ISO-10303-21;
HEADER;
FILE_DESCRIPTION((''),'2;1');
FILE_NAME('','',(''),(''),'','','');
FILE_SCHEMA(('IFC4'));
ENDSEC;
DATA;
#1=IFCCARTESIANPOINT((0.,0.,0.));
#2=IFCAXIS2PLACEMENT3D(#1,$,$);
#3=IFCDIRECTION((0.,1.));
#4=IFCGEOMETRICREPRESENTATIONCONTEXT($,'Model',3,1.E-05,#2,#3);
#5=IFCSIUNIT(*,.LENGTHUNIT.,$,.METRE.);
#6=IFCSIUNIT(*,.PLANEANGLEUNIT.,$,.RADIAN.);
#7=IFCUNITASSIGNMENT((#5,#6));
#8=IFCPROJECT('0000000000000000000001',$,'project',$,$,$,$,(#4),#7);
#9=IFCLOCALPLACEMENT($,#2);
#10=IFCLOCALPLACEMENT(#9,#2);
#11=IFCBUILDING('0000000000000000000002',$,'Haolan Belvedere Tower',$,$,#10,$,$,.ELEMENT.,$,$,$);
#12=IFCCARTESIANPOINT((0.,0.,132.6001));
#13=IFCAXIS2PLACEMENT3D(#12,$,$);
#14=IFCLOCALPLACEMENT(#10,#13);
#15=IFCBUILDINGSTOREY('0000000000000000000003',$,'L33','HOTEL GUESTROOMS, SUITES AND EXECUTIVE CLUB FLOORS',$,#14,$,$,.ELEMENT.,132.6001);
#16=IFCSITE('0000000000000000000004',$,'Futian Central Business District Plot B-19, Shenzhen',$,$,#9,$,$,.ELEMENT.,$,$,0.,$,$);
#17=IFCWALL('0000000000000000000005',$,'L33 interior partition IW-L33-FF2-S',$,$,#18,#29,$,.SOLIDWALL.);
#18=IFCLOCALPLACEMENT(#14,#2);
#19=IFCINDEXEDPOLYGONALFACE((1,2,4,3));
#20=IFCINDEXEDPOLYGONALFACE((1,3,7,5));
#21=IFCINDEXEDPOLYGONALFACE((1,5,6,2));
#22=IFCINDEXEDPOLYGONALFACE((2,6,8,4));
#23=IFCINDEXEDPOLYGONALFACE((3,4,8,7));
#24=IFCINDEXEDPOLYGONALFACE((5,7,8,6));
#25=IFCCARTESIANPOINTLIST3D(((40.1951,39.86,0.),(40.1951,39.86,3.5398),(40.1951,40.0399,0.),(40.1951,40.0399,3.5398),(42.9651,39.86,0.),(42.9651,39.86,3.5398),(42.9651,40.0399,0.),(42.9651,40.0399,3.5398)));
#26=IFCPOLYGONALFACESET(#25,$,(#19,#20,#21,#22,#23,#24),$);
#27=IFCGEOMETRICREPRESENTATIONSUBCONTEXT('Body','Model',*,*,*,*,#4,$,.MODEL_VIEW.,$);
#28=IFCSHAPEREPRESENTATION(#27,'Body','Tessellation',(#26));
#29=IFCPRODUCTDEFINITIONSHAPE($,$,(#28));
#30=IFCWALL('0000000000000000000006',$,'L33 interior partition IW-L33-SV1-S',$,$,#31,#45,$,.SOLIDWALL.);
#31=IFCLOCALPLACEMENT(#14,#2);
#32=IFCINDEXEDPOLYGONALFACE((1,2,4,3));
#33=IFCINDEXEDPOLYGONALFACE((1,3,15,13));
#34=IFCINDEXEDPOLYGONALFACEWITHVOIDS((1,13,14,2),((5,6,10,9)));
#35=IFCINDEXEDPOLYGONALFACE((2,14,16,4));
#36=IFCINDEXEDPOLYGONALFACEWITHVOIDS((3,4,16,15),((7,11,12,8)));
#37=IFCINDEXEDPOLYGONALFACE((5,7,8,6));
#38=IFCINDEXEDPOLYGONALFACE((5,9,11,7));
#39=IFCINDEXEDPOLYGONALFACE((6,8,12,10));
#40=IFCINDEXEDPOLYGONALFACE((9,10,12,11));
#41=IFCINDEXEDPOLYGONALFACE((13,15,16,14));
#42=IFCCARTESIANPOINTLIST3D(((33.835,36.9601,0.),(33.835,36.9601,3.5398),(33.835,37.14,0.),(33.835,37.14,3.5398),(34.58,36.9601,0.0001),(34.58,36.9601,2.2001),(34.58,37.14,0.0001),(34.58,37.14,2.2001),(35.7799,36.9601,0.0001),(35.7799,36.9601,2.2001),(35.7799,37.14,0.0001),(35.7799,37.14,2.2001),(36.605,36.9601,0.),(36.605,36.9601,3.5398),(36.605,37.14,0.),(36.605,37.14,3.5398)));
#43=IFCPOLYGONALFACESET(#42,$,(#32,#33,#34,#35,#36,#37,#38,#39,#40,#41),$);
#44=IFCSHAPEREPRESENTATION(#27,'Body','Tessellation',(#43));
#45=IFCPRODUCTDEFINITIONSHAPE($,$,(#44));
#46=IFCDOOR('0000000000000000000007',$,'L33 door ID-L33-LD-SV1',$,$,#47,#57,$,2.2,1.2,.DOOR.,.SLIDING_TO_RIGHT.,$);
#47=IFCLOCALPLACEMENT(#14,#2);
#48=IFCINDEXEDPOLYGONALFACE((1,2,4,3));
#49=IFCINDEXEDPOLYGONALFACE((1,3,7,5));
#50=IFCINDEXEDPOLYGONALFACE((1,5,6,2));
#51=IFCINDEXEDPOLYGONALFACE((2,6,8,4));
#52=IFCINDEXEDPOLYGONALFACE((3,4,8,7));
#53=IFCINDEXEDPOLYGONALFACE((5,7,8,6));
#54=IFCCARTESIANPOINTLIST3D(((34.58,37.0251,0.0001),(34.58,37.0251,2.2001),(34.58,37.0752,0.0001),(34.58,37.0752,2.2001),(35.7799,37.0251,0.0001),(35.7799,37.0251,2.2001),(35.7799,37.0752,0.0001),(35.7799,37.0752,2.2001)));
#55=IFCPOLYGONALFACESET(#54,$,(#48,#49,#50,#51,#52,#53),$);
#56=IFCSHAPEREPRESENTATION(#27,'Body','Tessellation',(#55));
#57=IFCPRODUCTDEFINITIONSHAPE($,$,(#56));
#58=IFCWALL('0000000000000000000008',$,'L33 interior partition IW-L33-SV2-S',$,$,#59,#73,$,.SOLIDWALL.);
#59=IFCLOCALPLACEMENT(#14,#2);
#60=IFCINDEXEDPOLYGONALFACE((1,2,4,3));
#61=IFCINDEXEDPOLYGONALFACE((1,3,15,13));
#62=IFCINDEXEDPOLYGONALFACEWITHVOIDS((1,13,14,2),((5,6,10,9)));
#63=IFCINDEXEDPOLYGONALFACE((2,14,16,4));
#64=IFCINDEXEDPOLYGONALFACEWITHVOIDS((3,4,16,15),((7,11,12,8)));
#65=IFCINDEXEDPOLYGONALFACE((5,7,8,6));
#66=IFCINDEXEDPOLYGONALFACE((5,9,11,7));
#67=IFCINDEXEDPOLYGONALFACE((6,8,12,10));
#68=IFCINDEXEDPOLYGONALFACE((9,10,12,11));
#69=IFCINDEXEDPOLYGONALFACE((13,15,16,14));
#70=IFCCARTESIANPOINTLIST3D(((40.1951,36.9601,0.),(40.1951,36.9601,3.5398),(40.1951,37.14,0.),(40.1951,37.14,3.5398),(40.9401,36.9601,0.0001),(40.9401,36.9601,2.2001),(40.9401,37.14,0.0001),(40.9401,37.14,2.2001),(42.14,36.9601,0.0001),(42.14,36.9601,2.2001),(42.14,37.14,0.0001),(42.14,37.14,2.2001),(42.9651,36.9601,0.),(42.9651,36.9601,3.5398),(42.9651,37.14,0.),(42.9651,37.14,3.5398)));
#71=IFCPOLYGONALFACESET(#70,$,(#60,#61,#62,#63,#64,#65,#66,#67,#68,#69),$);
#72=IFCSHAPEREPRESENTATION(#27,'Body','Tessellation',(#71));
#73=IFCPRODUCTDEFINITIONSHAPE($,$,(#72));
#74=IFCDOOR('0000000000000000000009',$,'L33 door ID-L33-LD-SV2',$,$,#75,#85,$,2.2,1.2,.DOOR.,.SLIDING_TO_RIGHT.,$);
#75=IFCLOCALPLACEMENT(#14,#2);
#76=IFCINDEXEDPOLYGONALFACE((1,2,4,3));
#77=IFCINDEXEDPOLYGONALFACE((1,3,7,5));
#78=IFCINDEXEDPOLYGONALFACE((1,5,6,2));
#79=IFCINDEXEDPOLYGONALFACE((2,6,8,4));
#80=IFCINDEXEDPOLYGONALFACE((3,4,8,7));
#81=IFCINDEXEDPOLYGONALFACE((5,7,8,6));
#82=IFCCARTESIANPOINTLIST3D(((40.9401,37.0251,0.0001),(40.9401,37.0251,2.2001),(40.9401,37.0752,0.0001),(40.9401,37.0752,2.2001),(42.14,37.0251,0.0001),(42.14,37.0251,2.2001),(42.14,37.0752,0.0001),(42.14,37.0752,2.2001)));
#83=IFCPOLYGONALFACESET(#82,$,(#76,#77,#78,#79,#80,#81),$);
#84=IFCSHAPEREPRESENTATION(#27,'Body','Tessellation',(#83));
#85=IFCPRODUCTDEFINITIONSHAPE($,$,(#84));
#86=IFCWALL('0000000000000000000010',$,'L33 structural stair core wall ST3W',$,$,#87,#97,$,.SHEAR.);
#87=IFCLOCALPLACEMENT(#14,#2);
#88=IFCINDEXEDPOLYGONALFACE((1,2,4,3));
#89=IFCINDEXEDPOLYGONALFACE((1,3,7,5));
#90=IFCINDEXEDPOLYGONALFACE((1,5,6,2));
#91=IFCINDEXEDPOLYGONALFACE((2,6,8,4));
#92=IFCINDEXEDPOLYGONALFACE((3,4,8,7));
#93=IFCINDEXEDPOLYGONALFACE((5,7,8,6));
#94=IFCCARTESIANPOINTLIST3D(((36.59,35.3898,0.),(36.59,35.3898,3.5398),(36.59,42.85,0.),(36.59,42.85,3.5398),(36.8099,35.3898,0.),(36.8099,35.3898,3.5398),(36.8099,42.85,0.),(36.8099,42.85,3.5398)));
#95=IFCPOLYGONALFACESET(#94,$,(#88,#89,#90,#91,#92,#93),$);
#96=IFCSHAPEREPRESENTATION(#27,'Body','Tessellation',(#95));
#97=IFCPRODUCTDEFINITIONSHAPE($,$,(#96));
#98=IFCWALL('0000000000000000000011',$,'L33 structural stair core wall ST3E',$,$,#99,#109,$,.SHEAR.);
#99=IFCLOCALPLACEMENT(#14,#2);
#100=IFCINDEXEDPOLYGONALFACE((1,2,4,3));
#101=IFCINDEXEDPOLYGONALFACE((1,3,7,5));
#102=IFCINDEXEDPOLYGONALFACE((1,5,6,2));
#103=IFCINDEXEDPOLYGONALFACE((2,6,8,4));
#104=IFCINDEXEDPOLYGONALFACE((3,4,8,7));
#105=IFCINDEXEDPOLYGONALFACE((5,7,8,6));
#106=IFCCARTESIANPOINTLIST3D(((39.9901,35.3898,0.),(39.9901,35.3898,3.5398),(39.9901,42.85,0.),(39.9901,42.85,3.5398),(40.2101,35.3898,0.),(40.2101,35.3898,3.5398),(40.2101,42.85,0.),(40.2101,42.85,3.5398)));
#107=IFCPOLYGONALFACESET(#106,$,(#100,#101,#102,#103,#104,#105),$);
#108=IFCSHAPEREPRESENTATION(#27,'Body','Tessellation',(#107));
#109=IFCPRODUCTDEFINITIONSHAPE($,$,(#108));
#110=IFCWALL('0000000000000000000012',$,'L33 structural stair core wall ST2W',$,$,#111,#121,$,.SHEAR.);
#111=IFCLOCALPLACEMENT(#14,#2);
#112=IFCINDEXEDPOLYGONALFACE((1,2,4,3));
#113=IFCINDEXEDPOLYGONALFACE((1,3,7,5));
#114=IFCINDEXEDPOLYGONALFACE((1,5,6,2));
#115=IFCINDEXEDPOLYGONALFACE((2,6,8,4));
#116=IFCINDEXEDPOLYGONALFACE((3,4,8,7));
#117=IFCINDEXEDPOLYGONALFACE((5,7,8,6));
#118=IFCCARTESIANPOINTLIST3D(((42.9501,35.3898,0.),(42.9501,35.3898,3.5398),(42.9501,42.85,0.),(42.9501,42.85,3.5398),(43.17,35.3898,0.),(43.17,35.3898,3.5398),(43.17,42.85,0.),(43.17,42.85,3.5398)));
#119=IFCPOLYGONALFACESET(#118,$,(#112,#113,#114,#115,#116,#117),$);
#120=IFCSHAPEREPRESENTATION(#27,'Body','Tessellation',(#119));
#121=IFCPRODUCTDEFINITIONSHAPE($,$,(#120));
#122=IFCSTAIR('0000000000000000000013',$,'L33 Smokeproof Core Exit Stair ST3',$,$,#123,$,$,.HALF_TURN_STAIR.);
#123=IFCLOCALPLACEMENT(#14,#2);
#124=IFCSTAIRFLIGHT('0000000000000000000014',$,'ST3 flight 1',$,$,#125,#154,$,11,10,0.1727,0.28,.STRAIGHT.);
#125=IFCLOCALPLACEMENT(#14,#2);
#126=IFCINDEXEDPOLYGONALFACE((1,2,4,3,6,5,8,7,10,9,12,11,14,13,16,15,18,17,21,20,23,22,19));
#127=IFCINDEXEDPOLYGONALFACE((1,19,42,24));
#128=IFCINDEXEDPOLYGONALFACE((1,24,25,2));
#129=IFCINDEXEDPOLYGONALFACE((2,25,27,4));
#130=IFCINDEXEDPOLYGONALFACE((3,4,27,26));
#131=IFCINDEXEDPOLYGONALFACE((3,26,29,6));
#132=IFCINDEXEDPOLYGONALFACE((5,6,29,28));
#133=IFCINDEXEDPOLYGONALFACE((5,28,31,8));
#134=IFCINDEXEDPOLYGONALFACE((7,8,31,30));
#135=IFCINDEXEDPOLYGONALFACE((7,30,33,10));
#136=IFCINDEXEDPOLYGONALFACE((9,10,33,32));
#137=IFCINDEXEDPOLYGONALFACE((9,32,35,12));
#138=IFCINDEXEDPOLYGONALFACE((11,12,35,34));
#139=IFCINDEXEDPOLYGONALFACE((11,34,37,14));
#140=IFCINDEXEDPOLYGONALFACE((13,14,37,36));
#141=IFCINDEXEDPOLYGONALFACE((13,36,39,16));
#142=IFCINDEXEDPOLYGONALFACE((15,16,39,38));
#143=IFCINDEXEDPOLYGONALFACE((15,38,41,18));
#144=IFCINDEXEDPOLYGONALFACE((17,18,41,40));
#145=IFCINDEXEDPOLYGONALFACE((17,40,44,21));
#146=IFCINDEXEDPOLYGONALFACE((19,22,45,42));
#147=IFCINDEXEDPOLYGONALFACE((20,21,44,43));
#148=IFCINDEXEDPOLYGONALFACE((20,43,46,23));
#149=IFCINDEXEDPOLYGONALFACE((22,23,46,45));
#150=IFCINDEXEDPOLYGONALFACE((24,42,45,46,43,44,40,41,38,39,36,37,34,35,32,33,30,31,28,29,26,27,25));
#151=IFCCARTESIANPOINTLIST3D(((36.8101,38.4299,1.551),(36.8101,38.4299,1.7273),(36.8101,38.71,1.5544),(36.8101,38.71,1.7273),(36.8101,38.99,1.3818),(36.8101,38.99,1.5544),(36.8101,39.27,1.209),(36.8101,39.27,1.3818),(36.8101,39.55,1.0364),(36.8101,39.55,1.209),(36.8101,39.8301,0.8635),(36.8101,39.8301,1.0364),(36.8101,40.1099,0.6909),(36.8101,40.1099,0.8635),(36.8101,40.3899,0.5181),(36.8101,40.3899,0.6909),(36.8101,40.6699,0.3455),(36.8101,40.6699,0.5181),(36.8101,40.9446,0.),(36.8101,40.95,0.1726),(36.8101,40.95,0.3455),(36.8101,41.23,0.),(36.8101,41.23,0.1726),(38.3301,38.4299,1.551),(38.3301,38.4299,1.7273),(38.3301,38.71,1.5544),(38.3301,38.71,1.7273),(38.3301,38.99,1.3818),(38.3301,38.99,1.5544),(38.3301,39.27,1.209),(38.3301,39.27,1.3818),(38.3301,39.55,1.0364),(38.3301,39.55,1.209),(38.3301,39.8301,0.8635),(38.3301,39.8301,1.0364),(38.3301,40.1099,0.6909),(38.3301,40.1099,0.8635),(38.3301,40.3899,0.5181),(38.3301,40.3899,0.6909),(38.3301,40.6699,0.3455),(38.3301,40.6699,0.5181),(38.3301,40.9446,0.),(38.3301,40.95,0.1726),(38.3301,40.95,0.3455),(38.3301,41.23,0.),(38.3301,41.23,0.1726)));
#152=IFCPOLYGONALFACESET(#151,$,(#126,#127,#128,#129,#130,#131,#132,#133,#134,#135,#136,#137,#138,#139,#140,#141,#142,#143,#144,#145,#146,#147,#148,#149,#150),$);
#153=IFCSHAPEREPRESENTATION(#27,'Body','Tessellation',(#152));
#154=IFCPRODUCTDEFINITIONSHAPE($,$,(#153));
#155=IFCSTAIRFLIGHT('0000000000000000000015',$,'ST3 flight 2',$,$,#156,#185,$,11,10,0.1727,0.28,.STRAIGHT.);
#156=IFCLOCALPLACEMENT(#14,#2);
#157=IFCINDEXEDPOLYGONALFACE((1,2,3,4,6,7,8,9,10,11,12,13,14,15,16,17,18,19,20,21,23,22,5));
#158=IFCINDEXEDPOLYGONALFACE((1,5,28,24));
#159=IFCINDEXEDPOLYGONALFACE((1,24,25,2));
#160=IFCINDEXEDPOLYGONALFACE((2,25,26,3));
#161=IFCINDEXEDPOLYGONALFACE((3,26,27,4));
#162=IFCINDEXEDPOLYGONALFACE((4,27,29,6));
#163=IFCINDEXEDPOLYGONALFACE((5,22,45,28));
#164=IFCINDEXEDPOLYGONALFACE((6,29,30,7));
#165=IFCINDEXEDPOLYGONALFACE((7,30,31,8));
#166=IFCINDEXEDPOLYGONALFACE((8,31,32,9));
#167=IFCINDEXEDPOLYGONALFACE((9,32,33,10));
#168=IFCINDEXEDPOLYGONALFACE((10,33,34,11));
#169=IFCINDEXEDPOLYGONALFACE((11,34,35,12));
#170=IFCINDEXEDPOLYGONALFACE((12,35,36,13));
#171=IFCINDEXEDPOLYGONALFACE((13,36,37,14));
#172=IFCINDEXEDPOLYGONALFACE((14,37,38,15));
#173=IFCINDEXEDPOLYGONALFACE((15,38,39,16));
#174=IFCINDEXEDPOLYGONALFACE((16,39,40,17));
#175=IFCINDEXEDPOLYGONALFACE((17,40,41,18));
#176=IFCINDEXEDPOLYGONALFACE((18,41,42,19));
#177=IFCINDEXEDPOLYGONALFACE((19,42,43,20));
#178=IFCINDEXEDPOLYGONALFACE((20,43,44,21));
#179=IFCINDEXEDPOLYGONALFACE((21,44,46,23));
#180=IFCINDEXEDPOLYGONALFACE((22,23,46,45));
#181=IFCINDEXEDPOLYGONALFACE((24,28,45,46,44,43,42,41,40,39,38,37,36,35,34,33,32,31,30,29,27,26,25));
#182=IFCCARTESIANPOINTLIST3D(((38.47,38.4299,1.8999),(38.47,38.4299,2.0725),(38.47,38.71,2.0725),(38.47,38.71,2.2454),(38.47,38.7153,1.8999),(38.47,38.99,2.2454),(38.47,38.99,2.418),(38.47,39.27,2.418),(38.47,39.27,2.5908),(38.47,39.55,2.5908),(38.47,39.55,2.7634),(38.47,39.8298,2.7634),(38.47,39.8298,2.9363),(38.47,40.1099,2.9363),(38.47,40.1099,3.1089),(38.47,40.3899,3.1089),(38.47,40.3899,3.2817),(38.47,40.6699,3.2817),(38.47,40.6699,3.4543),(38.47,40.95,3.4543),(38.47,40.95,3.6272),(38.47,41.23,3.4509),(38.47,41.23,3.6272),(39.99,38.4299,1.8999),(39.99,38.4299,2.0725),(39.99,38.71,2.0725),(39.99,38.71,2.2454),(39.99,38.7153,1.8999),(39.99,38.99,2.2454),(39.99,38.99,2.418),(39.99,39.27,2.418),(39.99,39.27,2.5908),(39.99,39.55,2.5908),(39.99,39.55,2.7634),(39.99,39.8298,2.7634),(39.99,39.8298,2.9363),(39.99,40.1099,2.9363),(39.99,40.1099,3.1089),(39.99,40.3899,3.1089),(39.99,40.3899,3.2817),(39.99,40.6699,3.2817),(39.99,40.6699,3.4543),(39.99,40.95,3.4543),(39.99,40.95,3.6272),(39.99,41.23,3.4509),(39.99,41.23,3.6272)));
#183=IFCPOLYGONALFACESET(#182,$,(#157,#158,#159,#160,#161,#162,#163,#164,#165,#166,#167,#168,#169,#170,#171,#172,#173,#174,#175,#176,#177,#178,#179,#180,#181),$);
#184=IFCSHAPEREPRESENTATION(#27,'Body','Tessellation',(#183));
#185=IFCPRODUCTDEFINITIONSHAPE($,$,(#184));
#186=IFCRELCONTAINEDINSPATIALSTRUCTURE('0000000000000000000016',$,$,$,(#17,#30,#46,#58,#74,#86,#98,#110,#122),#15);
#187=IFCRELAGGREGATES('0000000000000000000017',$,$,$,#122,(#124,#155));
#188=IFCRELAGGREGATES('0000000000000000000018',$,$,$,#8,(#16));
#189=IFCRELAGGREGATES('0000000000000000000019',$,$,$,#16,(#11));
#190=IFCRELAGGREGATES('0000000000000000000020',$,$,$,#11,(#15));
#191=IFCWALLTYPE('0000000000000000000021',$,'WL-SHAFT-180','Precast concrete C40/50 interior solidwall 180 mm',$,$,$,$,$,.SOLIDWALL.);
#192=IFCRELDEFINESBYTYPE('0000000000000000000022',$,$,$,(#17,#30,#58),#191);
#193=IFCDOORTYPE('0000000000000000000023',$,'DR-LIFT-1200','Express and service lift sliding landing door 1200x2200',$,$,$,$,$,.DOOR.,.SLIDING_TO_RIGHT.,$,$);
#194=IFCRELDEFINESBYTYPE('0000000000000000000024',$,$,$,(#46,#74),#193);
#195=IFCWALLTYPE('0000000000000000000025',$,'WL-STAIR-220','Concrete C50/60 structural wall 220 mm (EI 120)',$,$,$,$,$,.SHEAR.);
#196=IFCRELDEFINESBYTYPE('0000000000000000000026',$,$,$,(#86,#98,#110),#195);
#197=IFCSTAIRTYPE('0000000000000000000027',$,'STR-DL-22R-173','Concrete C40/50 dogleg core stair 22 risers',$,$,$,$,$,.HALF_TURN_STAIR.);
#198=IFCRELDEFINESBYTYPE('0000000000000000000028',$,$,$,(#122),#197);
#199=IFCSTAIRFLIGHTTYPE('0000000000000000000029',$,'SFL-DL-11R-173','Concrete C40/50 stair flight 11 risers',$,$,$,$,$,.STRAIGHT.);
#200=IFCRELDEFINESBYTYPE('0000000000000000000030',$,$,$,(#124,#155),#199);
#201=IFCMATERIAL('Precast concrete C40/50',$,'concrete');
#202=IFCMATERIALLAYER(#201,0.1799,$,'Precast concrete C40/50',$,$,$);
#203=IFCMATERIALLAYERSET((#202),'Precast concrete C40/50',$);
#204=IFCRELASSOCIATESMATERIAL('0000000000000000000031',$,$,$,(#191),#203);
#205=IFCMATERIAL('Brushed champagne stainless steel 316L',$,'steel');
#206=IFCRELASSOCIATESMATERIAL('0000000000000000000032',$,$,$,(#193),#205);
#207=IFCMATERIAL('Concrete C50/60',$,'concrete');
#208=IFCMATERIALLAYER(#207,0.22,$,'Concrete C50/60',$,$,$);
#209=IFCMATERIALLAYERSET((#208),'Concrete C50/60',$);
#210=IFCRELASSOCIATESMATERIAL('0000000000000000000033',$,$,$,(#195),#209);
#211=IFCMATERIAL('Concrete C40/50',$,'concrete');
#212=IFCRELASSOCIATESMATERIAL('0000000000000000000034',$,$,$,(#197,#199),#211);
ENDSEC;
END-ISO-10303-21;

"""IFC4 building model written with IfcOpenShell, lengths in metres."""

from ifc_helpers import new_model, si_unit, direction, frame, frame_2d, origin, place, context, subcontext, project, spatial, polyline, rectangle, outline, extrude, material, layer, layer_set, type_object, element, fill, aggregate, save


model = new_model("IFC4")

# Units and contexts
model_context = context("Model", 3, precision=1e-05, world=origin(), true_north=direction((0.0, 1.0)))
body_context = subcontext(model_context, "Body", "Model", "MODEL_VIEW")
ifc_project = project(units=[si_unit("LENGTHUNIT", "METRE"), si_unit("PLANEANGLEUNIT", "RADIAN")], contexts=[model_context])

# Site, building, storey
site_placement = place(None, origin())
site = spatial("IfcSite", under=ifc_project, at=site_placement, Name="Futian Central Business District Plot B-19, Shenzhen", CompositionType="ELEMENT", RefElevation=0.0)
building_placement = place(site_placement, origin())
building = spatial("IfcBuilding", under=site, at=building_placement, Name="Haolan Belvedere Tower", CompositionType="ELEMENT")
storey_placement = place(building_placement, frame((0.0, 0.0, 132.6001)))
storey = spatial("IfcBuildingStorey", under=building, at=storey_placement, Name="L33", Description="HOTEL GUESTROOMS, SUITES AND EXECUTIVE CLUB FLOORS", CompositionType="ELEMENT", Elevation=132.6001)

# Wall
ifc_material_1 = material(Name="Precast concrete C40/50", Category="concrete")
ifc_layer_1 = layer(ifc_material_1, 0.1799, Name="Precast concrete C40/50")
ifc_layer_set_1 = layer_set([ifc_layer_1], Name="Precast concrete C40/50")
wall_type_1 = type_object("IfcWallType", Name="WL-SHAFT-180", Description="Precast concrete C40/50 interior solidwall 180 mm", PredefinedType="SOLIDWALL", material=ifc_layer_set_1)
wall_1_placement = place(storey_placement, frame((40.1951, 39.95, 0.0), z_axis=(0.0, 0.0, 1.0), x_axis=(1.0, 0.0, 0.0)))
element("IfcWall", 1, at=wall_1_placement, inside=storey, type_object=wall_type_1, Name="L33 interior partition IW-L33-FF2-S", PredefinedType="SOLIDWALL", context=body_context, shape_type="SweptSolid", body=[
    extrude(rectangle(XDim=2.77, YDim=0.1799, at=frame_2d((1.385, 0.0))), origin(), (0.0, 0.0, 1.0), 3.5398),
])

# Walls, openings, doors
wall_2_placement = place(storey_placement, frame((33.835, 37.05, 0.0), z_axis=(0.0, 0.0, 1.0), x_axis=(1.0, 0.0, 0.0)))
wall_2 = element("IfcWall", 2, at=wall_2_placement, inside=storey, type_object=wall_type_1, Name="L33 interior partition IW-L33-SV1-S", PredefinedType="SOLIDWALL", context=body_context, shape_type="SweptSolid", body=[
    extrude(rectangle(XDim=2.77, YDim=0.1799, at=frame_2d((1.385, 0.0))), origin(), (0.0, 0.0, 1.0), 3.5398),
])
opening_1_placement = place(wall_2_placement, frame((1.9451, 0.0, 0.0), z_axis=(0.0, 0.0, 1.0), x_axis=(-1.0, 0.0, 0.0)))
opening_1 = element("IfcOpeningElement", 3, at=opening_1_placement, cuts=wall_2, PredefinedType="OPENING", context=body_context, shape_type="SweptSolid", body=[
    extrude(rectangle(XDim=1.2, YDim=2.2, at=frame_2d((0.6001, 1.1001))), frame((0.0, 0.0999, 0.0), z_axis=(0.0, -1.0, 0.0), x_axis=(1.0, 0.0, 0.0)), (0.0, 0.0, 1.0), 0.2),
])
ifc_material_2 = material(Name="Brushed champagne stainless steel 316L", Category="steel")
door_type = type_object("IfcDoorType", Name="DR-LIFT-1200", Description="Express and service lift sliding landing door 1200x2200", OperationType="SLIDING_TO_RIGHT", PredefinedType="DOOR", material=ifc_material_2)
door_1_placement = place(opening_1_placement, origin())
door_1 = element("IfcDoor", 4, at=door_1_placement, inside=storey, type_object=door_type, Name="L33 door ID-L33-LD-SV1", OperationType="SLIDING_TO_RIGHT", OverallHeight=2.2, OverallWidth=1.2, PredefinedType="DOOR", context=body_context, shape_type="SweptSolid", body=[
    extrude(rectangle(XDim=1.2, YDim=2.2, at=frame_2d((0.6001, 1.1001))), frame((0.0, 0.0249, 0.0), z_axis=(0.0, -1.0, 0.0), x_axis=(1.0, 0.0, 0.0)), (0.0, 0.0, 1.0), 0.05),
])
fill(opening_1, door_1)
wall_3_placement = place(storey_placement, frame((40.1951, 37.05, 0.0), z_axis=(0.0, 0.0, 1.0), x_axis=(1.0, 0.0, 0.0)))
wall_3 = element("IfcWall", 5, at=wall_3_placement, inside=storey, type_object=wall_type_1, Name="L33 interior partition IW-L33-SV2-S", PredefinedType="SOLIDWALL", context=body_context, shape_type="SweptSolid", body=[
    extrude(rectangle(XDim=2.77, YDim=0.1799, at=frame_2d((1.385, 0.0))), origin(), (0.0, 0.0, 1.0), 3.5398),
])
opening_2_placement = place(wall_3_placement, frame((1.9451, 0.0, 0.0), z_axis=(0.0, 0.0, 1.0), x_axis=(-1.0, 0.0, 0.0)))
opening_2 = element("IfcOpeningElement", 6, at=opening_2_placement, cuts=wall_3, PredefinedType="OPENING", context=body_context, shape_type="SweptSolid", body=[
    extrude(rectangle(XDim=1.2, YDim=2.2, at=frame_2d((0.6001, 1.1001))), frame((0.0, 0.0999, 0.0), z_axis=(0.0, -1.0, 0.0), x_axis=(1.0, 0.0, 0.0)), (0.0, 0.0, 1.0), 0.2),
])
door_2_placement = place(opening_2_placement, origin())
door_2 = element("IfcDoor", 7, at=door_2_placement, inside=storey, type_object=door_type, Name="L33 door ID-L33-LD-SV2", OperationType="SLIDING_TO_RIGHT", OverallHeight=2.2, OverallWidth=1.2, PredefinedType="DOOR", context=body_context, shape_type="SweptSolid", body=[
    extrude(rectangle(XDim=1.2, YDim=2.2, at=frame_2d((0.6001, 1.1001))), frame((0.0, 0.0249, 0.0), z_axis=(0.0, -1.0, 0.0), x_axis=(1.0, 0.0, 0.0)), (0.0, 0.0, 1.0), 0.05),
])
fill(opening_2, door_2)

# Walls
ifc_material_3 = material(Name="Concrete C50/60", Category="concrete")
ifc_layer_2 = layer(ifc_material_3, 0.22, Name="Concrete C50/60")
ifc_layer_set_2 = layer_set([ifc_layer_2], Name="Concrete C50/60")
wall_type_2 = type_object("IfcWallType", Name="WL-STAIR-220", Description="Concrete C50/60 structural wall 220 mm (EI 120)", PredefinedType="SHEAR", material=ifc_layer_set_2)
for number, where, z_axis, x_axis, name in (
    (8, (36.7, 35.3899, 0.0), (0.0, 0.0, 1.0), (0.0, 1.0, 0.0), "L33 structural stair core wall ST3W"),
    (9, (40.1001, 35.3899, 0.0), (0.0, 0.0, 1.0), (0.0, 1.0, 0.0), "L33 structural stair core wall ST3E"),
    (10, (43.0601, 35.3899, 0.0), (0.0, 0.0, 1.0), (0.0, 1.0, 0.0), "L33 structural stair core wall ST2W"),
):
    element("IfcWall", number, at=place(storey_placement, frame(where, z_axis=z_axis, x_axis=x_axis)), inside=storey, type_object=wall_type_2, Name=name, PredefinedType="SHEAR", context=body_context, shape_type="SweptSolid", body=[
        extrude(rectangle(XDim=7.4602, YDim=0.22, at=frame_2d((3.73, 0.0))), origin(), (0.0, 0.0, 1.0), 3.5398),
    ])

# Stair, stair flights
ifc_material_4 = material(Name="Concrete C40/50", Category="concrete")
stair_type = type_object("IfcStairType", Name="STR-DL-22R-173", Description="Concrete C40/50 dogleg core stair 22 risers", PredefinedType="HALF_TURN_STAIR", material=ifc_material_4)
stair_1_placement = place(storey_placement, origin())
stair_1 = element("IfcStair", 11, at=stair_1_placement, inside=storey, type_object=stair_type, Name="L33 Smokeproof Core Exit Stair ST3", PredefinedType="HALF_TURN_STAIR")
stair_flight_type = type_object("IfcStairFlightType", Name="SFL-DL-11R-173", Description="Concrete C40/50 stair flight 11 risers", PredefinedType="STRAIGHT", material=ifc_material_4)
stair_flight_1_placement = place(storey_placement, frame((37.5701, 41.23, 0.0), z_axis=(0.0, 0.0, 1.0), x_axis=(0.0, -1.0, 0.0)))
stair_flight_1 = element("IfcStairFlight", 12, at=stair_flight_1_placement, type_object=stair_flight_type, Name="ST3 flight 1", NumberOfRisers=11, NumberOfTreads=10, PredefinedType="STRAIGHT", RiserHeight=0.1727, TreadLength=0.28, context=body_context, shape_type="SweptSolid", body=[
    extrude(outline(polyline([(0.0, 0.0), (0.0, 0.1726), (0.28, 0.1726), (0.28, 0.3455), (0.5601, 0.3455), (0.5601, 0.5181), (0.8401, 0.5181), (0.8401, 0.6909), (1.1201, 0.6909), (1.1201, 0.8635), (1.3999, 0.8635), (1.3999, 1.0364), (1.6799, 1.0364), (1.6799, 1.209), (1.96, 1.209), (1.96, 1.3818), (2.24, 1.3818), (2.24, 1.5544), (2.52, 1.5544), (2.52, 1.7273), (2.8, 1.7273), (2.8, 1.8999), (2.8, 1.551), (0.2854, 0.0), (0.0, 0.0)])), frame((0.0, 0.76, 0.0), z_axis=(0.0, -1.0, 0.0), x_axis=(1.0, 0.0, 0.0)), (0.0, 0.0, 1.0), 1.52),
])
stair_flight_2_placement = place(storey_placement, frame((39.23, 38.4299, 1.8999), z_axis=(0.0, 0.0, 1.0), x_axis=(0.0, 1.0, 0.0)))
stair_flight_2 = element("IfcStairFlight", 13, at=stair_flight_2_placement, type_object=stair_flight_type, Name="ST3 flight 2", NumberOfRisers=11, NumberOfTreads=10, PredefinedType="STRAIGHT", RiserHeight=0.1727, TreadLength=0.28, context=body_context, shape_type="SweptSolid", body=[
    extrude(outline(polyline([(0.0, 0.0), (0.0, 0.1726), (0.28, 0.1726), (0.28, 0.3455), (0.5601, 0.3455), (0.5601, 0.5181), (0.8401, 0.5181), (0.8401, 0.6909), (1.1201, 0.6909), (1.1201, 0.8635), (1.3999, 0.8635), (1.3999, 1.0364), (1.6799, 1.0364), (1.6799, 1.209), (1.96, 1.209), (1.96, 1.3818), (2.24, 1.3818), (2.24, 1.5544), (2.52, 1.5544), (2.52, 1.7273), (2.8, 1.7273), (2.8, 1.8999), (2.8, 1.551), (0.2854, 0.0), (0.0, 0.0)])), frame((0.0, 0.76, 0.0), z_axis=(0.0, -1.0, 0.0), x_axis=(1.0, 0.0, 0.0)), (0.0, 0.0, 1.0), 1.52),
])
aggregate(stair_1, [stair_flight_1, stair_flight_2])

save(model, "model.ifc")
